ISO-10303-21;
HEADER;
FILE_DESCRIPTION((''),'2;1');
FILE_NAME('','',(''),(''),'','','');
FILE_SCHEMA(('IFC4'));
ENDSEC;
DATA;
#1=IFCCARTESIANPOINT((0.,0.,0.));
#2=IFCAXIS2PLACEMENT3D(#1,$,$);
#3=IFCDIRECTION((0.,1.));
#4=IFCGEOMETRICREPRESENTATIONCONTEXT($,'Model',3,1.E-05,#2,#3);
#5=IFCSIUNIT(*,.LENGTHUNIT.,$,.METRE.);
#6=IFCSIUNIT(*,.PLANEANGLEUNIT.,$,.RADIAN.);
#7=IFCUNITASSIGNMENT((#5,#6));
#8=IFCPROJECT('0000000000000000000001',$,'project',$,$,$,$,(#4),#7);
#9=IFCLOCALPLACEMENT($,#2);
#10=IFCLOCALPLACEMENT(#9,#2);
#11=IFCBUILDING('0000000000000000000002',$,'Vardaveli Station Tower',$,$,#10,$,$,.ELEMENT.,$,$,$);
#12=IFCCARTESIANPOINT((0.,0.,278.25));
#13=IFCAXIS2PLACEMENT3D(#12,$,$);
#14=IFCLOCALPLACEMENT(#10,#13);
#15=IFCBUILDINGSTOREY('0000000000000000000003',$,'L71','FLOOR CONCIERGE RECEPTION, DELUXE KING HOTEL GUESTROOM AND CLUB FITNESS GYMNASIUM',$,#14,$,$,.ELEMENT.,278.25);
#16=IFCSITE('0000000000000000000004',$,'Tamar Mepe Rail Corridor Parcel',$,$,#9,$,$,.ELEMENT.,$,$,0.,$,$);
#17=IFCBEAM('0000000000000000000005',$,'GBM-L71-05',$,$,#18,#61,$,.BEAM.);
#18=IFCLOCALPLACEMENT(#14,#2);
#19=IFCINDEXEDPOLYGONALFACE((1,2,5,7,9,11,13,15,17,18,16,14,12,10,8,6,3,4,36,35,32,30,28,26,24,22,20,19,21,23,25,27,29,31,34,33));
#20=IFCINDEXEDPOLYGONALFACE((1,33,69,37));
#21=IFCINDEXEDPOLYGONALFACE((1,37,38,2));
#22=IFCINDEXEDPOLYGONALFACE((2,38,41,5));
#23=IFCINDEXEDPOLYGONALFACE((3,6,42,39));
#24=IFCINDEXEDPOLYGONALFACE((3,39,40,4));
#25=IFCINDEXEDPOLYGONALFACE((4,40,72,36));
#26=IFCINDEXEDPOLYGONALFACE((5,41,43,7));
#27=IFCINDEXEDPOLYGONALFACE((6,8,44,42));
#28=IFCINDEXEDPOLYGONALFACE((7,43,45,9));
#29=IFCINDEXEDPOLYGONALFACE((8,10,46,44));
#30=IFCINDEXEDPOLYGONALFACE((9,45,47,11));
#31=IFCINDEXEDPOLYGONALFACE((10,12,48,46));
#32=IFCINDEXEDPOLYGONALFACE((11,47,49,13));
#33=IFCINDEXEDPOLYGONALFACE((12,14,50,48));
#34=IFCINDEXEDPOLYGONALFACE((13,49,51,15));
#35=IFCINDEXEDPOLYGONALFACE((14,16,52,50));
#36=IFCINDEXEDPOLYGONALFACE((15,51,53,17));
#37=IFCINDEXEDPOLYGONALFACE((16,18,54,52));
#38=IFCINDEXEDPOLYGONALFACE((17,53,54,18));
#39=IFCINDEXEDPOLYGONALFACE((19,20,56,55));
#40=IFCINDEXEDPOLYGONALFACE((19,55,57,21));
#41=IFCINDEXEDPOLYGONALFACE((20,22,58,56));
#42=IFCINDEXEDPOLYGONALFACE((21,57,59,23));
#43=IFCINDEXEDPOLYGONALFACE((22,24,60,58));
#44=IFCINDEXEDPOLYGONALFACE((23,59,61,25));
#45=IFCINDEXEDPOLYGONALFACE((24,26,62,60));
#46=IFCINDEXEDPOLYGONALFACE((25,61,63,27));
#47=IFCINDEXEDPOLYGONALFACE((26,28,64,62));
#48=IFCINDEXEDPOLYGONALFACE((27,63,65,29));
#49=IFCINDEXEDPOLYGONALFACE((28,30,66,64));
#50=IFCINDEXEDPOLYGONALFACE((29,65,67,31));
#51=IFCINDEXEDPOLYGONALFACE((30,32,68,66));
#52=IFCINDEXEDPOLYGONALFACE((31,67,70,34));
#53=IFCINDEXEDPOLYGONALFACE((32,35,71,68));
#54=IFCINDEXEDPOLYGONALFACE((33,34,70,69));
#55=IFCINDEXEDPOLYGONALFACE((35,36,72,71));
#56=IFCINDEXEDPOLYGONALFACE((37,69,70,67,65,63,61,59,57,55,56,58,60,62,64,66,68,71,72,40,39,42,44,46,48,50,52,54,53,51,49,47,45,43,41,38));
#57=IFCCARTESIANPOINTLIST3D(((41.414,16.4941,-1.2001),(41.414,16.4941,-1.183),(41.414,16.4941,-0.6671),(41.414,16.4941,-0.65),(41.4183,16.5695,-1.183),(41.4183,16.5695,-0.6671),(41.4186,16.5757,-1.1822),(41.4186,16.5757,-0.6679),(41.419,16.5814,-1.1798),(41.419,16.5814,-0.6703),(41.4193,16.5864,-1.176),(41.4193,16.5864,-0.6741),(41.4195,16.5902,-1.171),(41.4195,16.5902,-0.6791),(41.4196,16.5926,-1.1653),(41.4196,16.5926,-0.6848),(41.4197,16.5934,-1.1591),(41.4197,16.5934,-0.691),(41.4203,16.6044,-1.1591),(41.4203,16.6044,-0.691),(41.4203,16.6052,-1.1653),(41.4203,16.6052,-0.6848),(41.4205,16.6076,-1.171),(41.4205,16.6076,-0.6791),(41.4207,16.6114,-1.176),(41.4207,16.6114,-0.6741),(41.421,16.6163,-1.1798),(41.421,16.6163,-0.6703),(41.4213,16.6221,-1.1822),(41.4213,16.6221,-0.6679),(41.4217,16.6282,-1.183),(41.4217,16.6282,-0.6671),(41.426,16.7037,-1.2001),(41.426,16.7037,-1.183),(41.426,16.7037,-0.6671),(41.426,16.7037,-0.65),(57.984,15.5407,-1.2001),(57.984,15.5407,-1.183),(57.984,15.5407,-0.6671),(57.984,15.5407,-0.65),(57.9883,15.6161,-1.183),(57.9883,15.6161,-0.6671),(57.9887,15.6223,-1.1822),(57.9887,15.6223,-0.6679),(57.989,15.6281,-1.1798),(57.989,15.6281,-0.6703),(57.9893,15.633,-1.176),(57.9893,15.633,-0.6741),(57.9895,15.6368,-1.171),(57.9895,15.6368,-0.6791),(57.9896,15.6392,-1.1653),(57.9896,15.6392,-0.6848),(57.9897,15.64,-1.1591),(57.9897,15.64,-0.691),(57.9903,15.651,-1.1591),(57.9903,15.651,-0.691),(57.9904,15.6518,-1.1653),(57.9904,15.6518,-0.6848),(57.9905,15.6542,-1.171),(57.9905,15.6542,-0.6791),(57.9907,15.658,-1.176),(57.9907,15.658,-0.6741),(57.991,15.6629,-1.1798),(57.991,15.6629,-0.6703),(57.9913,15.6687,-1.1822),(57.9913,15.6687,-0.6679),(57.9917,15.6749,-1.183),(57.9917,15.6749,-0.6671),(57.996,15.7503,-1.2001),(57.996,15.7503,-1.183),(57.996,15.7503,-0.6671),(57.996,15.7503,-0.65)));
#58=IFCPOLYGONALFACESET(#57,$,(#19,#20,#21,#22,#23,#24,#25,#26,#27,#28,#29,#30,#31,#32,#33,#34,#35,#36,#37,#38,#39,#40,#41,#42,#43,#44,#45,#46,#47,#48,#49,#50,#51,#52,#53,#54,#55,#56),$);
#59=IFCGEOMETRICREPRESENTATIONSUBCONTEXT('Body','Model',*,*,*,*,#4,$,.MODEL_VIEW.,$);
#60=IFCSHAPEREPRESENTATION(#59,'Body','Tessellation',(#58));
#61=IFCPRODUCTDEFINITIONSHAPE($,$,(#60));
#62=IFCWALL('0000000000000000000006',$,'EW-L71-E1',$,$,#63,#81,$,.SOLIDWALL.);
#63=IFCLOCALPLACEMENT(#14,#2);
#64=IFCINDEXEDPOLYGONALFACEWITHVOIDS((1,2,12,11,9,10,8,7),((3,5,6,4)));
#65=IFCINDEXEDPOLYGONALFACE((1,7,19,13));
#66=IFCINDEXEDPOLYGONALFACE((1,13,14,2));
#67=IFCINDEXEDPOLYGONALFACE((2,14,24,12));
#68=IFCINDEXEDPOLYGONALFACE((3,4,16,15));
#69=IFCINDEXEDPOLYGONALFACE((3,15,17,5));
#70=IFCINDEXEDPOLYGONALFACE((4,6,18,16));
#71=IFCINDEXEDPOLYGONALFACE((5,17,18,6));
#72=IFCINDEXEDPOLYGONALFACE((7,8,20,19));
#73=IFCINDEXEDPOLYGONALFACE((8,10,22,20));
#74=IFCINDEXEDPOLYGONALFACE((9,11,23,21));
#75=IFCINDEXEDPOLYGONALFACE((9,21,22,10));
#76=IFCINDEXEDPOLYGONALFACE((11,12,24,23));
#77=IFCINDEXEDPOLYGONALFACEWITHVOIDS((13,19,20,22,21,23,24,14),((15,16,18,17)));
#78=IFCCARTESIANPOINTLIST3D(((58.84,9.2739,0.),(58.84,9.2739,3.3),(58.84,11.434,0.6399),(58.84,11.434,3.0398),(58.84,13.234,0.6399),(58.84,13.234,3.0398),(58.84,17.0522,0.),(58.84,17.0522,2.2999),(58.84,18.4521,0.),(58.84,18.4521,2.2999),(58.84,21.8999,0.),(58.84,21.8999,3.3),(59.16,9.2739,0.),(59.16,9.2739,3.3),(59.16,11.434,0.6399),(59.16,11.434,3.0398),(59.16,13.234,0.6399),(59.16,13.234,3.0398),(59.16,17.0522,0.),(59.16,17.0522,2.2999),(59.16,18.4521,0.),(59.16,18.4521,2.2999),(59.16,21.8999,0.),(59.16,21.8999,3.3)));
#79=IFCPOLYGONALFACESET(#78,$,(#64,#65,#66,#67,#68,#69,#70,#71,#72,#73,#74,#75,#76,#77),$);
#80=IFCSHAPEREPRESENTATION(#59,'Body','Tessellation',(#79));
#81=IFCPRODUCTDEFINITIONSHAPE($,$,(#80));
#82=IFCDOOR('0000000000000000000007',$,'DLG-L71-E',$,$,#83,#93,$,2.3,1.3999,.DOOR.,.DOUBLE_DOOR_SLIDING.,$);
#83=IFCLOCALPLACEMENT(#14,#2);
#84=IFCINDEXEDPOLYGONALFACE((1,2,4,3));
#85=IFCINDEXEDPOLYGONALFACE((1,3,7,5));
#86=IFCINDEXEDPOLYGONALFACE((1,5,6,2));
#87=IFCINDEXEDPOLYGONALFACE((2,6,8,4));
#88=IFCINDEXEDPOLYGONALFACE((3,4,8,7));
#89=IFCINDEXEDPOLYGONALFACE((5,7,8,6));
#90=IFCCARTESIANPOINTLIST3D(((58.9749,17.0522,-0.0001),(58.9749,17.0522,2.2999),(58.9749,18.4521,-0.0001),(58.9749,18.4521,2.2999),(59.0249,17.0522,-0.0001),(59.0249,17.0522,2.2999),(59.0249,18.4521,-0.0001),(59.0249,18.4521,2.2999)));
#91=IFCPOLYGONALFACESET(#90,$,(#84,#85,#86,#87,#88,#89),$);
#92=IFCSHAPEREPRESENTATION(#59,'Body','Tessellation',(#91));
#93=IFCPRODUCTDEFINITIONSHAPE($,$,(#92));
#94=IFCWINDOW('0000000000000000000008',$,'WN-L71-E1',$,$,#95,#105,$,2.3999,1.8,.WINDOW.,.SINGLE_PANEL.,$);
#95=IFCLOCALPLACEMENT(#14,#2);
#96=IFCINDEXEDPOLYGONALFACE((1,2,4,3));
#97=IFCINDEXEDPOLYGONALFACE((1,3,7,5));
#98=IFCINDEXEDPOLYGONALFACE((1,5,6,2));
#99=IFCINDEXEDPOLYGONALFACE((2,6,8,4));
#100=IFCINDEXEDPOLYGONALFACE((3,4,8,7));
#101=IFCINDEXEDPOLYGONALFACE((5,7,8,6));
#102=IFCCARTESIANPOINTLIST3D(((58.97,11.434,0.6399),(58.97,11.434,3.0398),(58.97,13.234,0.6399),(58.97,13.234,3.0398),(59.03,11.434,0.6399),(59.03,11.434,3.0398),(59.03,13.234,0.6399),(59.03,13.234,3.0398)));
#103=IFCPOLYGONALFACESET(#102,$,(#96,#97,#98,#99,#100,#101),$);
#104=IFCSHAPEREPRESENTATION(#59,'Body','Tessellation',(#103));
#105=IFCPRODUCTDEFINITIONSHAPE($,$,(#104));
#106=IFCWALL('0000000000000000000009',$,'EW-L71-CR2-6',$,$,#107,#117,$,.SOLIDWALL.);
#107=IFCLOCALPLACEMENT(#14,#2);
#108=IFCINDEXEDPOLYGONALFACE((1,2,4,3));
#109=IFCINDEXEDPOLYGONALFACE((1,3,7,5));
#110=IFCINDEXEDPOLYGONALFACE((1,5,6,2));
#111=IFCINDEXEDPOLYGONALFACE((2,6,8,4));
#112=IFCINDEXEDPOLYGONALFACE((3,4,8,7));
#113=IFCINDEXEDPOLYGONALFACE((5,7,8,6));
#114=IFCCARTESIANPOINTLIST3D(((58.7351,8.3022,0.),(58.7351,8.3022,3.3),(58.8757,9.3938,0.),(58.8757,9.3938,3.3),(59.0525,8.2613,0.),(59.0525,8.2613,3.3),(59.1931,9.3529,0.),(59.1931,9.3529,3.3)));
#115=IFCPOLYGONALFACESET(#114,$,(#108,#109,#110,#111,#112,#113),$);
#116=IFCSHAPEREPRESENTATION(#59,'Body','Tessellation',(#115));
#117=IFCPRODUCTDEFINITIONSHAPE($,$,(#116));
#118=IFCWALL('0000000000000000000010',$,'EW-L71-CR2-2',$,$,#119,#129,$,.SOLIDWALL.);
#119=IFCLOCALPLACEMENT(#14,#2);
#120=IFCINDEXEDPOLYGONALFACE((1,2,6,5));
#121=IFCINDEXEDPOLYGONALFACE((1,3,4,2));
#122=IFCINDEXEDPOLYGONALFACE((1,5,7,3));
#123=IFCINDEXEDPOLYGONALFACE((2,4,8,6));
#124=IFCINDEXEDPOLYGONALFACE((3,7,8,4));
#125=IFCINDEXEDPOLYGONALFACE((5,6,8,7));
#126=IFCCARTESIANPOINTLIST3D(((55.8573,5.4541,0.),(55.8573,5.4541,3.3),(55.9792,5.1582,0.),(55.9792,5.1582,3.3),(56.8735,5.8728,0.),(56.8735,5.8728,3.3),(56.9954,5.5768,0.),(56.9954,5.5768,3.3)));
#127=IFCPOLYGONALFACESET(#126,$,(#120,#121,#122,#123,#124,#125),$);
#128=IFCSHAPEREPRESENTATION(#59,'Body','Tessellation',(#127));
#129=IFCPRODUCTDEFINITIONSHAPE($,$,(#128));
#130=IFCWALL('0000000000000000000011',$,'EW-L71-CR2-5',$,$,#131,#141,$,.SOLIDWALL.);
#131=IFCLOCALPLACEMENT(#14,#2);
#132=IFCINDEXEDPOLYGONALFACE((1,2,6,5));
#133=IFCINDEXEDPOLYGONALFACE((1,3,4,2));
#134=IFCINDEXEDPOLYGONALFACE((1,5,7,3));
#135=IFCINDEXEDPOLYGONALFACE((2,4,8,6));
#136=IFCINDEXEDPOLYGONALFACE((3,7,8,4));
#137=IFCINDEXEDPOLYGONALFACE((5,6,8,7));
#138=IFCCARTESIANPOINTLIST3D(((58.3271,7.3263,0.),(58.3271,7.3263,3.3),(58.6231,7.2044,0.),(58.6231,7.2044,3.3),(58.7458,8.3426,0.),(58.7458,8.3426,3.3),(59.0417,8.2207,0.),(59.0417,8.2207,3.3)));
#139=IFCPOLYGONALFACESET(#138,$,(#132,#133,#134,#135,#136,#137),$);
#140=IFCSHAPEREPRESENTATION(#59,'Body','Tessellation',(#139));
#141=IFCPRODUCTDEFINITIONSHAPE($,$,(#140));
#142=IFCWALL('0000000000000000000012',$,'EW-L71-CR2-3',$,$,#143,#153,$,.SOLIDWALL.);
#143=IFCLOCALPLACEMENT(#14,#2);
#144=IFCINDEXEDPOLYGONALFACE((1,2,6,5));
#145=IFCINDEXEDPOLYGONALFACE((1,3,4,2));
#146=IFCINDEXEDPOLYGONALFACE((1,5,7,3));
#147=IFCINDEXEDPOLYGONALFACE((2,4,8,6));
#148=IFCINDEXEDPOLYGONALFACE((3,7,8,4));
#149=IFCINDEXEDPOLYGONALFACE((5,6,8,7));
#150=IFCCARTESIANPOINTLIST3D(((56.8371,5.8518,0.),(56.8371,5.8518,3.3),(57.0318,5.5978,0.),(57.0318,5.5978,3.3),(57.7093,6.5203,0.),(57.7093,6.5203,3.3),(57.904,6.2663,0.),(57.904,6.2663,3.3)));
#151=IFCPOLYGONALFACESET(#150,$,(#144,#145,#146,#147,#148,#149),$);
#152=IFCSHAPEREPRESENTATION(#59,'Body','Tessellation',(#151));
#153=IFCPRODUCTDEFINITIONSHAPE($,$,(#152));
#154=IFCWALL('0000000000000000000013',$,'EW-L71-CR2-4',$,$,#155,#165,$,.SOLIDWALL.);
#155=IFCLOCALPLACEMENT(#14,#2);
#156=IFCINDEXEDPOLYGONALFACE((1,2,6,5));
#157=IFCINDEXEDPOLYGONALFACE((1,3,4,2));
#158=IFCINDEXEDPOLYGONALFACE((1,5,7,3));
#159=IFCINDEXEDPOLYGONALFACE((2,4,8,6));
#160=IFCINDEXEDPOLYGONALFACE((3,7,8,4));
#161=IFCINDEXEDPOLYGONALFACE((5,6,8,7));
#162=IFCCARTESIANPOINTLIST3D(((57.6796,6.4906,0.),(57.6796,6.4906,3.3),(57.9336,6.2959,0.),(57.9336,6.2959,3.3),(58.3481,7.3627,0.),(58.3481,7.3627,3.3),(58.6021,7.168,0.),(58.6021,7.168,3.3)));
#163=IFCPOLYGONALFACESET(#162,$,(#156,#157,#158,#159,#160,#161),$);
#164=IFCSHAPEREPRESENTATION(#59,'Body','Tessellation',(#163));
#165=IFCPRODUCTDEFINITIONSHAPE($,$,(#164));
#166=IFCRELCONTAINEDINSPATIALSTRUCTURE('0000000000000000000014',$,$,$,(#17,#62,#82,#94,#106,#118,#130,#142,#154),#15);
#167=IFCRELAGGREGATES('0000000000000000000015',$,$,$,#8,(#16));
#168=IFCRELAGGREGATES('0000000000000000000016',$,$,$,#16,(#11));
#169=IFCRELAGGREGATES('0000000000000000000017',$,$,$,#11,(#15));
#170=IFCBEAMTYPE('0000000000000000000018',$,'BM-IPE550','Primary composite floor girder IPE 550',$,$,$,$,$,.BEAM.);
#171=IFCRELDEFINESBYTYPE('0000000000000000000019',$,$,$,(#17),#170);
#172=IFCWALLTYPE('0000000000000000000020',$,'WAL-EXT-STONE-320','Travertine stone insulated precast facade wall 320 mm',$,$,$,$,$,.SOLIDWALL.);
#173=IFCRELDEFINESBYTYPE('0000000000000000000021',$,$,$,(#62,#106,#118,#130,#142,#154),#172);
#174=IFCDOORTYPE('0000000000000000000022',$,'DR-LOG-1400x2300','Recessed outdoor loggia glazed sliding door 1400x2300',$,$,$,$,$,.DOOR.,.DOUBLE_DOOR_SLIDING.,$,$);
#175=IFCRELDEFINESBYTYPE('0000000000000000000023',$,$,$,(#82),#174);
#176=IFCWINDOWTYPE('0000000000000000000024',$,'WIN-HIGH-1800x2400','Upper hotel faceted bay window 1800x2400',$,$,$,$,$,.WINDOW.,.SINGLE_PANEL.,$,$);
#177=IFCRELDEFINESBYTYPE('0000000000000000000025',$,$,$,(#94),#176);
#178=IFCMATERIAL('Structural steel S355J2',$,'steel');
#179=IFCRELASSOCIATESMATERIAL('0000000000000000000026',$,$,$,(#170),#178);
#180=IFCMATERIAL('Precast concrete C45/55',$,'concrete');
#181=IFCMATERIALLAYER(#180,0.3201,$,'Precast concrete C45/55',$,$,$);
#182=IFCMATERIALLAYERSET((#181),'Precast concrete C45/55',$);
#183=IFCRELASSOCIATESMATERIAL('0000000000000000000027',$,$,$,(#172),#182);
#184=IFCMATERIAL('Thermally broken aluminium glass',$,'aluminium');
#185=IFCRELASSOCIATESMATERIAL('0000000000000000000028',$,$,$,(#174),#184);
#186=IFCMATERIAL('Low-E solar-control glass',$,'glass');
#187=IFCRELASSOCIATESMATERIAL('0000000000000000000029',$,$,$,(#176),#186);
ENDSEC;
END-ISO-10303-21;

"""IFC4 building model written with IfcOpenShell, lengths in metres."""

from ifc_helpers import new_model, si_unit, direction, frame, frame_2d, origin, origin_2d, place, context, subcontext, project, spatial, rectangle, i_section, extrude, source, transform, mapped, material, layer, layer_set, material_profile, profile_set, type_object, element, fill, save


model = new_model("IFC4")

# Units and contexts
model_context = context("Model", 3, precision=1e-05, world=origin(), true_north=direction((0.0, 1.0)))
body_context = subcontext(model_context, "Body", "Model", "MODEL_VIEW")
ifc_project = project(units=[si_unit("LENGTHUNIT", "METRE"), si_unit("PLANEANGLEUNIT", "RADIAN")], contexts=[model_context])

# Site, building, storey
site_placement = place(None, origin())
site = spatial("IfcSite", under=ifc_project, at=site_placement, Name="Tamar Mepe Rail Corridor Parcel", CompositionType="ELEMENT", RefElevation=0.0)
building_placement = place(site_placement, origin())
building = spatial("IfcBuilding", under=site, at=building_placement, Name="Vardaveli Station Tower", CompositionType="ELEMENT")
storey_placement = place(building_placement, frame((0.0, 0.0, 278.25)))
storey = spatial("IfcBuildingStorey", under=building, at=storey_placement, Name="L71", Description="FLOOR CONCIERGE RECEPTION, DELUXE KING HOTEL GUESTROOM AND CLUB FITNESS GYMNASIUM", CompositionType="ELEMENT", Elevation=278.25)

# Beam
ifc_material_1 = material(Name="Precast concrete C45/55", Category="concrete")
ifc_material_2 = material(Name="Structural steel S355J2", Category="steel")
ifc_material_profile_1 = material_profile(ifc_material_2, i_section(OverallWidth=0.21, OverallDepth=0.55, WebThickness=0.011, FlangeThickness=0.0171, FilletRadius=0.0239, at=origin_2d()), Name="IPE 550")
ifc_profile_set_1 = profile_set([ifc_material_profile_1], Name="Structural steel S355J2")
beam_type_1 = type_object("IfcBeamType", Name="BM-IPE550", Description="Primary composite floor girder IPE 550", PredefinedType="BEAM", material=ifc_profile_set_1)
shared_shape_1 = source(origin(), body_context, "Body", "SweptSolid", [
    extrude(i_section(OverallWidth=0.21, OverallDepth=0.55, WebThickness=0.011, FlangeThickness=0.0171, FilletRadius=0.0239, at=origin_2d()), origin(), (0.0, 0.0, 1.0), 16.5974),
])
beam_1_placement = place(storey_placement, frame((57.99, 15.6455, -0.925), z_axis=(-0.998349, 0.057441, 0.0), x_axis=(-0.057441, -0.998349, 0.0)))
element("IfcBeam", 1, at=beam_1_placement, inside=storey, type_object=beam_type_1, Name="GBM-L71-05", PredefinedType="BEAM", context=body_context, shape_type="MappedRepresentation", body=[
    mapped(shared_shape_1, transform((0.0, 0.0, 0.0), scale=1.0)),
])

# Wall, openings, door, window
ifc_layer_1 = layer(ifc_material_1, 0.3201, Name="Precast concrete C45/55")
ifc_layer_set_1 = layer_set([ifc_layer_1], Name="Precast concrete C45/55")
wall_type_1 = type_object("IfcWallType", Name="WAL-EXT-STONE-320", Description="Travertine stone insulated precast facade wall 320 mm", PredefinedType="SOLIDWALL", material=ifc_layer_set_1)
shared_shape_2 = source(origin(), body_context, "Body", "SweptSolid", [
    extrude(rectangle(XDim=12.626, YDim=0.3201, at=frame_2d((6.313, 0.0))), origin(), (0.0, 0.0, 1.0), 3.3),
])
wall_1_placement = place(storey_placement, frame((59.0, 9.2739, 0.0), z_axis=(0.0, 0.0, 1.0), x_axis=(0.0, 1.0, 0.0)))
wall_1 = element("IfcWall", 2, at=wall_1_placement, inside=storey, type_object=wall_type_1, Name="EW-L71-E1", PredefinedType="SOLIDWALL", context=body_context, shape_type="MappedRepresentation", body=[
    mapped(shared_shape_2, transform((0.0, 0.0, 0.0), scale=1.0)),
])
shared_shape_3 = source(origin(), body_context, "Body", "SweptSolid", [
    extrude(rectangle(XDim=1.3999, YDim=2.3, at=frame_2d((0.7, 1.1499))), frame((0.0, 0.1699, 0.0), z_axis=(0.0, -1.0, 0.0), x_axis=(1.0, 0.0, 0.0)), (0.0, 0.0, 1.0), 0.3401),
])
opening_1_placement = place(wall_1_placement, frame((7.7783, 0.0, 0.0)))
opening_1 = element("IfcOpeningElement", 3, at=opening_1_placement, cuts=wall_1, PredefinedType="OPENING", context=body_context, shape_type="MappedRepresentation", body=[
    mapped(shared_shape_3, transform((0.0, 0.0, 0.0), scale=1.0)),
])
shared_shape_4 = source(origin(), body_context, "Body", "SweptSolid", [
    extrude(rectangle(XDim=1.8, YDim=2.3999, at=frame_2d((0.8999, 1.2))), frame((0.0, 0.1699, 0.0), z_axis=(0.0, -1.0, 0.0), x_axis=(1.0, 0.0, 0.0)), (0.0, 0.0, 1.0), 0.3401),
])
opening_2_placement = place(wall_1_placement, frame((2.1602, 0.0, 0.6399)))
opening_2 = element("IfcOpeningElement", 4, at=opening_2_placement, cuts=wall_1, PredefinedType="OPENING", context=body_context, shape_type="MappedRepresentation", body=[
    mapped(shared_shape_4, transform((0.0, 0.0, 0.0), scale=1.0)),
])
ifc_material_3 = material(Name="Thermally broken aluminium glass", Category="aluminium")
door_type_1 = type_object("IfcDoorType", Name="DR-LOG-1400x2300", Description="Recessed outdoor loggia glazed sliding door 1400x2300", OperationType="DOUBLE_DOOR_SLIDING", PredefinedType="DOOR", material=ifc_material_3)
shared_shape_5 = source(origin(), body_context, "Body", "SweptSolid", [
    extrude(rectangle(XDim=1.3999, YDim=2.3, at=frame_2d((0.7, 1.1499))), frame((0.0, 0.0249, 0.0), z_axis=(0.0, -1.0, 0.0), x_axis=(1.0, 0.0, 0.0)), (0.0, 0.0, 1.0), 0.05),
])
door_1_placement = place(opening_1_placement, frame((1.3999, 0.0, 0.0), z_axis=(0.0, 0.0, 1.0), x_axis=(-1.0, 0.0, 0.0)))
door_1 = element("IfcDoor", 5, at=door_1_placement, inside=storey, type_object=door_type_1, Name="DLG-L71-E", OperationType="DOUBLE_DOOR_SLIDING", OverallHeight=2.3, OverallWidth=1.3999, PredefinedType="DOOR", context=body_context, shape_type="MappedRepresentation", body=[
    mapped(shared_shape_5, transform((0.0, 0.0, 0.0), scale=1.0)),
])
fill(opening_1, door_1)
ifc_material_4 = material(Name="Low-E solar-control glass", Category="glass")
window_type = type_object("IfcWindowType", Name="WIN-HIGH-1800x2400", Description="Upper hotel faceted bay window 1800x2400", PartitioningType="SINGLE_PANEL", PredefinedType="WINDOW", material=ifc_material_4)
shared_shape_6 = source(origin(), body_context, "Body", "SweptSolid", [
    extrude(rectangle(XDim=1.8, YDim=2.3999, at=frame_2d((0.8999, 1.2))), frame((0.0, 0.03, 0.0), z_axis=(0.0, -1.0, 0.0), x_axis=(1.0, 0.0, 0.0)), (0.0, 0.0, 1.0), 0.0601),
])
window_placement = place(opening_2_placement, origin())
window = element("IfcWindow", 6, at=window_placement, inside=storey, type_object=window_type, Name="WN-L71-E1", OverallHeight=2.3999, OverallWidth=1.8, PartitioningType="SINGLE_PANEL", PredefinedType="WINDOW", context=body_context, shape_type="MappedRepresentation", body=[
    mapped(shared_shape_6, transform((0.0, 0.0, 0.0), scale=1.0)),
])
fill(opening_2, window)

# Walls
shared_shape_7 = source(origin(), body_context, "Body", "SweptSolid", [
    extrude(rectangle(XDim=1.1006, YDim=0.3201, at=frame_2d((0.5503, 0.0))), origin(), (0.0, 0.0, 1.0), 3.3),
])
wall_2_placement = place(storey_placement, frame((58.8938, 8.2817, 0.0), z_axis=(0.0, 0.0, 1.0), x_axis=(0.127774, 0.991803, 0.0)))
element("IfcWall", 7, at=wall_2_placement, inside=storey, type_object=wall_type_1, Name="EW-L71-CR2-6", PredefinedType="SOLIDWALL", context=body_context, shape_type="MappedRepresentation", body=[
    mapped(shared_shape_7, transform((0.0, 0.0, 0.0), scale=1.0)),
])
shared_shape_8 = source(origin(), body_context, "Body", "SweptSolid", [
    extrude(rectangle(XDim=1.0991, YDim=0.3201, at=frame_2d((0.5496, 0.0))), origin(), (0.0, 0.0, 1.0), 3.3),
])
for number, where, z_axis, x_axis, name in (
    (8, (55.9182, 5.3062, 0.0), (0.0, 0.0, 1.0), (0.924614, 0.380906, 0.0), "EW-L71-CR2-2"),
    (9, (58.4751, 7.2654, 0.0), (0.0, 0.0, 1.0), (0.380906, 0.924614, 0.0), "EW-L71-CR2-5"),
):
    element("IfcWall", number, at=place(storey_placement, frame(where, z_axis=z_axis, x_axis=x_axis)), inside=storey, type_object=wall_type_1, Name=name, PredefinedType="SOLIDWALL", context=body_context, shape_type="MappedRepresentation", body=[
        mapped(shared_shape_8, transform((0.0, 0.0, 0.0), scale=1.0)),
    ])
shared_shape_9 = source(origin(), body_context, "Body", "SweptSolid", [
    extrude(rectangle(XDim=1.0989, YDim=0.3201, at=frame_2d((0.5493, 0.0))), origin(), (0.0, 0.0, 1.0), 3.3),
])
for number, where, z_axis, x_axis, name in (
    (10, (56.9346, 5.7249, 0.0), (0.0, 0.0, 1.0), (0.793664, 0.608357, 0.0), "EW-L71-CR2-3"),
    (11, (57.8066, 6.3933, 0.0), (0.0, 0.0, 1.0), (0.608357, 0.793664, 0.0), "EW-L71-CR2-4"),
):
    element("IfcWall", number, at=place(storey_placement, frame(where, z_axis=z_axis, x_axis=x_axis)), inside=storey, type_object=wall_type_1, Name=name, PredefinedType="SOLIDWALL", context=body_context, shape_type="MappedRepresentation", body=[
        mapped(shared_shape_9, transform((0.0, 0.0, 0.0), scale=1.0)),
    ])

save(model, "model.ifc")
